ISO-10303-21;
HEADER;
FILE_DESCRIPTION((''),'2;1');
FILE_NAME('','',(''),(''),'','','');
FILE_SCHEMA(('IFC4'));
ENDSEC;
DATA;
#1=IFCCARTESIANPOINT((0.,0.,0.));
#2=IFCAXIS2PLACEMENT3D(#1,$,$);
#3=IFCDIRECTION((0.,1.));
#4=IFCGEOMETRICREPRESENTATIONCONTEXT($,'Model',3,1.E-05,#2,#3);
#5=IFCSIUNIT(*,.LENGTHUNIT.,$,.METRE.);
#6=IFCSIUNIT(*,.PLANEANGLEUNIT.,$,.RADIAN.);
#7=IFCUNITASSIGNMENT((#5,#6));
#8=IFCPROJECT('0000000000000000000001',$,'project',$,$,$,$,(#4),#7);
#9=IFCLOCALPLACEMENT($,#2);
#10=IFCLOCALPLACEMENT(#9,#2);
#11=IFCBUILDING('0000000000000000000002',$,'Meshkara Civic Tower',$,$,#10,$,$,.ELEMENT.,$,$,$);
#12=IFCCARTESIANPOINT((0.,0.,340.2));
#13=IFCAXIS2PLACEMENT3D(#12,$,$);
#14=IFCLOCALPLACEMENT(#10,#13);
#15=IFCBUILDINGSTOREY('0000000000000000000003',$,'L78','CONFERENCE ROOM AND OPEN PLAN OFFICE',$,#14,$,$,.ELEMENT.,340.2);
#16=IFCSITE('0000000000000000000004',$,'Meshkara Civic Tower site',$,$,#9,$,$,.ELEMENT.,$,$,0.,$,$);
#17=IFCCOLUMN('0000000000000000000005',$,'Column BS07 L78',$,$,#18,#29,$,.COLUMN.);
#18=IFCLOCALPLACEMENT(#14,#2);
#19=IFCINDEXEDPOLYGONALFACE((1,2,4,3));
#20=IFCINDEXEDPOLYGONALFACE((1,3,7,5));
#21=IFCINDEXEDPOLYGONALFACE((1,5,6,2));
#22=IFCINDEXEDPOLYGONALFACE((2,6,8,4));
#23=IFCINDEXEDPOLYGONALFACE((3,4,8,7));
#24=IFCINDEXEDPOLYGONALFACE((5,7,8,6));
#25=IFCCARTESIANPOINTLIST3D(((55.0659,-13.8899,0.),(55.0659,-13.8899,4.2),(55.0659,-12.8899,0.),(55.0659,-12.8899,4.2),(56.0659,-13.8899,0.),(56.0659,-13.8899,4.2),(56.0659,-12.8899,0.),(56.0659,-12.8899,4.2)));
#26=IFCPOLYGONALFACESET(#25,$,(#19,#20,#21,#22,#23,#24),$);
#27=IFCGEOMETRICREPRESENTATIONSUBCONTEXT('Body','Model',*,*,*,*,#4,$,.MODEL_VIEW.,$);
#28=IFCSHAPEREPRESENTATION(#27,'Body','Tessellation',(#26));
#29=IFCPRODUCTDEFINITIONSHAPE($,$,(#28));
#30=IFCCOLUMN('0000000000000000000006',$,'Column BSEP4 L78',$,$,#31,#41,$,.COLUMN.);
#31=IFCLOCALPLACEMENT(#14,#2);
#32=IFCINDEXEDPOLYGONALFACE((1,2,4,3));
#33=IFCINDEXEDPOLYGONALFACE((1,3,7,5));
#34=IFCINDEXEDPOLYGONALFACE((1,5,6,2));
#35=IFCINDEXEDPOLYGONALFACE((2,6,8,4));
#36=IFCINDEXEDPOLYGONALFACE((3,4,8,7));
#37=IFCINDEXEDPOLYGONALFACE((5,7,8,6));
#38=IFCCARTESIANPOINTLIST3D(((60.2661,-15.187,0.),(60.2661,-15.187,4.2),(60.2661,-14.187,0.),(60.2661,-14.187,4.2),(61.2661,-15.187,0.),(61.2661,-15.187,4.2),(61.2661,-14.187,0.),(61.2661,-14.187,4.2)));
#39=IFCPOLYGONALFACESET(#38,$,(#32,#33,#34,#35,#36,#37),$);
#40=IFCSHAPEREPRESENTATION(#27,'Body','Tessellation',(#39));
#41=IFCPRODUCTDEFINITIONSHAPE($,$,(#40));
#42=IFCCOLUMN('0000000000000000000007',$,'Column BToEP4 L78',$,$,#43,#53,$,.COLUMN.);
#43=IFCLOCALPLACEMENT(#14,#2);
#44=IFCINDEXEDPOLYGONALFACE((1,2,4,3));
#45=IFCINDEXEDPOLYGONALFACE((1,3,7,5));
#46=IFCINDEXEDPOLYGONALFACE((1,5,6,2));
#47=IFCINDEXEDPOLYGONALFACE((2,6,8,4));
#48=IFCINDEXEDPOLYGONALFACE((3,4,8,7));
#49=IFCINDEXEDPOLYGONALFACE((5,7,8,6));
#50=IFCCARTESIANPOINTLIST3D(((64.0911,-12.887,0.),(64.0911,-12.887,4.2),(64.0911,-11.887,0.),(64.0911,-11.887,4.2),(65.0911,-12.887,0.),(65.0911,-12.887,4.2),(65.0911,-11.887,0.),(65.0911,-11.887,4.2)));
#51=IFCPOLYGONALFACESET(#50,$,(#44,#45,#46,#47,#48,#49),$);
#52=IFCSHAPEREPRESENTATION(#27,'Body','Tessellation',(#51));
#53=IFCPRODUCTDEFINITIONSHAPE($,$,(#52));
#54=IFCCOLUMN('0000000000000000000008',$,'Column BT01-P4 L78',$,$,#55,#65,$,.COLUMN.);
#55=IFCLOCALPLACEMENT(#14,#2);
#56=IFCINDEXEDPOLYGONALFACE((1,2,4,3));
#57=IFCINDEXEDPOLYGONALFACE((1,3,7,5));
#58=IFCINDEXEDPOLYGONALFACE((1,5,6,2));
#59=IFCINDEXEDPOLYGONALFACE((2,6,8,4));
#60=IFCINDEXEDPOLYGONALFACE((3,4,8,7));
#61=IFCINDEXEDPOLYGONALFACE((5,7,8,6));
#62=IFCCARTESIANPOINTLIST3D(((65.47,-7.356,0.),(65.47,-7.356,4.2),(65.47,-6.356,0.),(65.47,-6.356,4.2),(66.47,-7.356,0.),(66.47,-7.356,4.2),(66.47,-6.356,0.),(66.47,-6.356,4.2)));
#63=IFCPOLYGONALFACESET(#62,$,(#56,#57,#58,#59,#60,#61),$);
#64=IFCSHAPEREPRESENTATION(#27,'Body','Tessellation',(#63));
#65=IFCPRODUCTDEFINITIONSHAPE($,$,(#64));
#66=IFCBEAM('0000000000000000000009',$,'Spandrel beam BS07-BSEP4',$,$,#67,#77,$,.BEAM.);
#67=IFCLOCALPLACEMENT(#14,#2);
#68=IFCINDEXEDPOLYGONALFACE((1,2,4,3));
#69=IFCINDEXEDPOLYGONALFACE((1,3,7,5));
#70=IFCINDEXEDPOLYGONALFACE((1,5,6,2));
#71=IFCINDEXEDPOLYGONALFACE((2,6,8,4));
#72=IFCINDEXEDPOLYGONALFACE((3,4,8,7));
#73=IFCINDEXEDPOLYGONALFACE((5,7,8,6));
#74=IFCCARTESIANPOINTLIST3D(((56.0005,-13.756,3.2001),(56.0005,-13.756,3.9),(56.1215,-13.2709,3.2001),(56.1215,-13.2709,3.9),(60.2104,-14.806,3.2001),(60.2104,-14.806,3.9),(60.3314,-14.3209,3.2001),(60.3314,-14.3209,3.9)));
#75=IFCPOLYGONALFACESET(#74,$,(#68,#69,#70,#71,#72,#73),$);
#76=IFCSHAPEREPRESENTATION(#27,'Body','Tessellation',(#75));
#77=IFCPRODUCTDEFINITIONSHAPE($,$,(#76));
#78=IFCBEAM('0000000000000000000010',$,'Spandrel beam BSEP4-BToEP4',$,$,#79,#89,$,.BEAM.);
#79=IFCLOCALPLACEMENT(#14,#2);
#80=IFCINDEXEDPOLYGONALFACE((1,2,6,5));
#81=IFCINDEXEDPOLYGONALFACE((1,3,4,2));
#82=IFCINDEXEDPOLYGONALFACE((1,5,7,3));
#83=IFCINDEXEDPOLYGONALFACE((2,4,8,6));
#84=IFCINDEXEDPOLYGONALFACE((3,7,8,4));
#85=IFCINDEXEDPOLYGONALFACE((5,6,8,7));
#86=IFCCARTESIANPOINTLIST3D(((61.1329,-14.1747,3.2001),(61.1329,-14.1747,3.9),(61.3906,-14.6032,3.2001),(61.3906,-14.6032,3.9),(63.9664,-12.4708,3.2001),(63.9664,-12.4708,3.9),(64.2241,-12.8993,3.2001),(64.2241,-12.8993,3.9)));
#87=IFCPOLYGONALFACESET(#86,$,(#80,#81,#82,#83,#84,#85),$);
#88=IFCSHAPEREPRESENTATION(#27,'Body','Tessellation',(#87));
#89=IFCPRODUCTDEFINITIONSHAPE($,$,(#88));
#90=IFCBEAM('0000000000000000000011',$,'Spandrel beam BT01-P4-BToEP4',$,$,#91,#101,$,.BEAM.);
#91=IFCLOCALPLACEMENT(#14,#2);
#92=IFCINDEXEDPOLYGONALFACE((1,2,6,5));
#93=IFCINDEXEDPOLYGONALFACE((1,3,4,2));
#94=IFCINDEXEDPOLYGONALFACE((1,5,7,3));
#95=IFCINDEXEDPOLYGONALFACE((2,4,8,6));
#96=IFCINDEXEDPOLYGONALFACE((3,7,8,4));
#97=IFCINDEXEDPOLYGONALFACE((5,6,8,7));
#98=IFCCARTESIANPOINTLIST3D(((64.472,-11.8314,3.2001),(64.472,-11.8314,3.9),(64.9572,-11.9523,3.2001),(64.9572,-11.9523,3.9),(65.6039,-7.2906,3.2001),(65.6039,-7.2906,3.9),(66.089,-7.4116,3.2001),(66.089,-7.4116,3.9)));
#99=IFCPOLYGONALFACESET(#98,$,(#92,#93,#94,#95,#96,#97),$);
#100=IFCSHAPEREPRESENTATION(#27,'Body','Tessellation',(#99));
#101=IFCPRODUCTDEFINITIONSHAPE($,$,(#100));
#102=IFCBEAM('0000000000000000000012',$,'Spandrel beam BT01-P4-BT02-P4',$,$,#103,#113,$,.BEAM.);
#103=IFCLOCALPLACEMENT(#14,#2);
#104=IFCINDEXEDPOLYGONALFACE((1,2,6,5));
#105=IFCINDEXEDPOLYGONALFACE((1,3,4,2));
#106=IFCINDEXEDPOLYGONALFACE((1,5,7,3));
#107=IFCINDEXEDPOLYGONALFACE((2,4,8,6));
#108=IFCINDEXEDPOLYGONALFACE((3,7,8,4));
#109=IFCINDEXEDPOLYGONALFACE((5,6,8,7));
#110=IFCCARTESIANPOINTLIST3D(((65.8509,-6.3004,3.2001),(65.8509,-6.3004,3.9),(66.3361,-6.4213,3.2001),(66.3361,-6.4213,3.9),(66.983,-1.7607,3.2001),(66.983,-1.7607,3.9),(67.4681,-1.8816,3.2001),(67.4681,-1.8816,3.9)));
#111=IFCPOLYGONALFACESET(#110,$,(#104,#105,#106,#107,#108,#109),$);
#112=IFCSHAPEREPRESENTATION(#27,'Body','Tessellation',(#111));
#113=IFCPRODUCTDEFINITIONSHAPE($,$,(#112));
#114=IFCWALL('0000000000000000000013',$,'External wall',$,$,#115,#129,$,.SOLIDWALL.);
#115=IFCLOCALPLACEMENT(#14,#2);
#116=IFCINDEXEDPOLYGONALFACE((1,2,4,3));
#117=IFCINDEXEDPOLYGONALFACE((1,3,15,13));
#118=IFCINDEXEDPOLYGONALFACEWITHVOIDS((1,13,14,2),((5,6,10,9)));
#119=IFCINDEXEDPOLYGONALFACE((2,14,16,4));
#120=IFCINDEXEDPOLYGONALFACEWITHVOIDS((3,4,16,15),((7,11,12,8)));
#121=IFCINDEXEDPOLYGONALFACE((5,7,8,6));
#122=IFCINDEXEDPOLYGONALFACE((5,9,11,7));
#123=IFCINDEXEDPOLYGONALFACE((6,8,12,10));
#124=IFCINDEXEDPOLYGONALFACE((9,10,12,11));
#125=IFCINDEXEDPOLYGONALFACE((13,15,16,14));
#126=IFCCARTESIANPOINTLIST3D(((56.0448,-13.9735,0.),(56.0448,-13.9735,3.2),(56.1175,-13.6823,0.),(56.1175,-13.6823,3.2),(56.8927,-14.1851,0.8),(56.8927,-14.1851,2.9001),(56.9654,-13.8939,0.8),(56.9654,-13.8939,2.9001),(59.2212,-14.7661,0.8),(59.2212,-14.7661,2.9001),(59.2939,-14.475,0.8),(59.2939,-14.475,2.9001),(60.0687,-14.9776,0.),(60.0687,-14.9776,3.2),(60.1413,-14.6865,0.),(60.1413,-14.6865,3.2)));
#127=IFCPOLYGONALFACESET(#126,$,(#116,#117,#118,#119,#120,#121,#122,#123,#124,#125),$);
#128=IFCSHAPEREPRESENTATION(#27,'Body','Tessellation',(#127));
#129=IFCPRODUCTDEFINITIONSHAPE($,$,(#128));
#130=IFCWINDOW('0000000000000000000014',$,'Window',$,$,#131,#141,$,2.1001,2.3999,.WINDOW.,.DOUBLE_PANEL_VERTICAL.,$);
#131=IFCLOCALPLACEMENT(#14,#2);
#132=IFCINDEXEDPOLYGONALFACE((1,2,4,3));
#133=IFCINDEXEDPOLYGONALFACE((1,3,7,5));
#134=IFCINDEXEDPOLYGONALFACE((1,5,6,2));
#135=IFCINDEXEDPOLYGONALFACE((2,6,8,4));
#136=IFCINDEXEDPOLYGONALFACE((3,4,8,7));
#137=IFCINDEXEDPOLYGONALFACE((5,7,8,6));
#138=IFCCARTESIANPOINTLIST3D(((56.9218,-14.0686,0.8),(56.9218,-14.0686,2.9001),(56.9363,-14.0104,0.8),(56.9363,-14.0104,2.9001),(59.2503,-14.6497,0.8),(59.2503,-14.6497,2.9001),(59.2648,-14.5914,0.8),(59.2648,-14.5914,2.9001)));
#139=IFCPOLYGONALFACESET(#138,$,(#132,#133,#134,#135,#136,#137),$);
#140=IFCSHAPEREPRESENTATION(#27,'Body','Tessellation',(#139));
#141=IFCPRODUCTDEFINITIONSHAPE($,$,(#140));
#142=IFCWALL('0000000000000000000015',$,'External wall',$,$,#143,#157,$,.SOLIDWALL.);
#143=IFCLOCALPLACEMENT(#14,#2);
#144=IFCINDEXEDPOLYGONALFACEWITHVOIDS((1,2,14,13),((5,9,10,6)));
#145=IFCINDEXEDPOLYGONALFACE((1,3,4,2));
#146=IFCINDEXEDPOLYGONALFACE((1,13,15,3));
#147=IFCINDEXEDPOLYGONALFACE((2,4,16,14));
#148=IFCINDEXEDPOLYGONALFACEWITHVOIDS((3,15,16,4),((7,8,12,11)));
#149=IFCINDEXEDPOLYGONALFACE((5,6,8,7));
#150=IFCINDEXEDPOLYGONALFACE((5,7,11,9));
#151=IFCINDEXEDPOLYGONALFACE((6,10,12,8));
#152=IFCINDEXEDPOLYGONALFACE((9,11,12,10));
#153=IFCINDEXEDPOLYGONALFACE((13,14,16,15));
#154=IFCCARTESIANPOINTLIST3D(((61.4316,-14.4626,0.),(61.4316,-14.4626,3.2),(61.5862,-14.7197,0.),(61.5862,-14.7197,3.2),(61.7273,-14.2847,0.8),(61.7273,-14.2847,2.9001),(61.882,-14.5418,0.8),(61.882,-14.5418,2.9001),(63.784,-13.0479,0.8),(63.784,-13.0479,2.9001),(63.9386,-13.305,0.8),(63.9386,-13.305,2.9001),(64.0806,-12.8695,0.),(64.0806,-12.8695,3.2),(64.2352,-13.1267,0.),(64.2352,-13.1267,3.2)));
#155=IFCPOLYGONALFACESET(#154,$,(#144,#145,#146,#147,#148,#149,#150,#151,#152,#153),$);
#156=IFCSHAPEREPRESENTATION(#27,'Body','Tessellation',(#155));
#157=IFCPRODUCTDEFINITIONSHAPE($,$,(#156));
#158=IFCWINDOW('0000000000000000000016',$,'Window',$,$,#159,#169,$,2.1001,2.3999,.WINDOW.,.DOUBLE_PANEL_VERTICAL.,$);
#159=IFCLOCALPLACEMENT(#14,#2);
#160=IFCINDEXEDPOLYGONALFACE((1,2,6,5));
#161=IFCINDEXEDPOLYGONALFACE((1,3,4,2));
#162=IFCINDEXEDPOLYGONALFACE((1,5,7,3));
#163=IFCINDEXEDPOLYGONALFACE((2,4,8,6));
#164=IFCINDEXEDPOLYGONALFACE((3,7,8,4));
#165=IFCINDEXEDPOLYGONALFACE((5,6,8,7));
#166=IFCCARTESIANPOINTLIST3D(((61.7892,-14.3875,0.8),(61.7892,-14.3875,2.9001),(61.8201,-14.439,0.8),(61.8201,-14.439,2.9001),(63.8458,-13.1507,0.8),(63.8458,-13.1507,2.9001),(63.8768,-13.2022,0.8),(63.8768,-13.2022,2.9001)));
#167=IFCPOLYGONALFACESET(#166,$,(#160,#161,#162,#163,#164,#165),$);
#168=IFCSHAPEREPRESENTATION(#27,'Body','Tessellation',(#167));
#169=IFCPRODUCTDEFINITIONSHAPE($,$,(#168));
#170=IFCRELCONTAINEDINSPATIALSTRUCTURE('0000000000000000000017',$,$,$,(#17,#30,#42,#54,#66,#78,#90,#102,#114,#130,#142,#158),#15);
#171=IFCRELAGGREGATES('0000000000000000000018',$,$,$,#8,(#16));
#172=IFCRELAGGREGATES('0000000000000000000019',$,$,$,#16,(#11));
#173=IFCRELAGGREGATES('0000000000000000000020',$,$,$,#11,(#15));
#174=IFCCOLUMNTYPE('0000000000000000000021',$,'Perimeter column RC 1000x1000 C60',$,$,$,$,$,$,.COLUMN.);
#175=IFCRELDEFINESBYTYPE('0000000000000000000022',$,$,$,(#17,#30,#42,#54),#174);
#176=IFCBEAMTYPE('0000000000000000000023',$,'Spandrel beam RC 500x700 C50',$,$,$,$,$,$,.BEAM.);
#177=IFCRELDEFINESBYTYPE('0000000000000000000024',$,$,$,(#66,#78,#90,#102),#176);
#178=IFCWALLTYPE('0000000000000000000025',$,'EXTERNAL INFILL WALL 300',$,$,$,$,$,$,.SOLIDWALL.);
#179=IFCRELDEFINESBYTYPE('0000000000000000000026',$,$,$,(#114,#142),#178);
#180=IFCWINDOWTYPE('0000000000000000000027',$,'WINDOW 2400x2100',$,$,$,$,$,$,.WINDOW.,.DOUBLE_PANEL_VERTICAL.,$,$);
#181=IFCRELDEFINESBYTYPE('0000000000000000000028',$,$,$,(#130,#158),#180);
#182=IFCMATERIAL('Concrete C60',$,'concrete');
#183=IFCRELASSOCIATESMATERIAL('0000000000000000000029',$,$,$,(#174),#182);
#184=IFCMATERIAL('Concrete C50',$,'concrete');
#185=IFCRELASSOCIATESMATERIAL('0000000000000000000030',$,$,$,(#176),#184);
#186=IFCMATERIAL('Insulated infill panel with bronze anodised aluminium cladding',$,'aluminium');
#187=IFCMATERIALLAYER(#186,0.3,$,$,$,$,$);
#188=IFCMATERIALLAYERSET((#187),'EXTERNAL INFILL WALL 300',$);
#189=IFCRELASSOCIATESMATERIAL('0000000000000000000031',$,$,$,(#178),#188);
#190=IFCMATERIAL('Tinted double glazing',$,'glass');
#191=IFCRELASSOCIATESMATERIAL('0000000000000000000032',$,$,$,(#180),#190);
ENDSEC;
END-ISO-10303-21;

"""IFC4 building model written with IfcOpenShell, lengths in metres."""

from ifc_helpers import new_model, si_unit, direction, frame, frame_2d, origin, origin_2d, place, context, subcontext, project, spatial, rectangle, extrude, material, layer, layer_set, material_profile, profile_set, type_object, element, fill, save


model = new_model("IFC4")

# Units and contexts
model_context = context("Model", 3, precision=1e-05, world=origin(), true_north=direction((0.0, 1.0)))
body_context = subcontext(model_context, "Body", "Model", "MODEL_VIEW")
ifc_project = project(units=[si_unit("LENGTHUNIT", "METRE"), si_unit("PLANEANGLEUNIT", "RADIAN")], contexts=[model_context])

# Site, building, storey
site_placement = place(None, origin())
site = spatial("IfcSite", under=ifc_project, at=site_placement, Name="Meshkara Civic Tower site", CompositionType="ELEMENT", RefElevation=0.0)
building_placement = place(site_placement, origin())
building = spatial("IfcBuilding", under=site, at=building_placement, Name="Meshkara Civic Tower", CompositionType="ELEMENT")
storey_placement = place(building_placement, frame((0.0, 0.0, 340.2)))
storey = spatial("IfcBuildingStorey", under=building, at=storey_placement, Name="L78", Description="CONFERENCE ROOM AND OPEN PLAN OFFICE", CompositionType="ELEMENT", Elevation=340.2)

# Columns
ifc_material_1 = material(Name="Concrete C60", Category="concrete")
ifc_material_profile_1 = material_profile(ifc_material_1, rectangle(XDim=1.0, YDim=1.0, at=origin_2d()))
ifc_profile_set_1 = profile_set([ifc_material_profile_1], Name="Concrete C60")
column_type = type_object("IfcColumnType", Name="Perimeter column RC 1000x1000 C60", PredefinedType="COLUMN", material=ifc_profile_set_1)
for number, where, z_axis, x_axis, name in (
    (1, (55.5659, -13.3899, 0.0), (0.0, 0.0, 1.0), (1.0, 0.0, 0.0), "Column BS07 L78"),
    (2, (60.7661, -14.687, 0.0), (0.0, 0.0, 1.0), (1.0, 0.0, 0.0), "Column BSEP4 L78"),
    (3, (64.5911, -12.387, 0.0), (0.0, 0.0, 1.0), (1.0, 0.0, 0.0), "Column BToEP4 L78"),
    (4, (65.97, -6.856, 0.0), (0.0, 0.0, 1.0), (1.0, 0.0, 0.0), "Column BT01-P4 L78"),
):
    element("IfcColumn", number, at=place(storey_placement, frame(where, z_axis=z_axis, x_axis=x_axis)), inside=storey, type_object=column_type, Name=name, PredefinedType="COLUMN", context=body_context, shape_type="SweptSolid", body=[
        extrude(rectangle(XDim=1.0, YDim=1.0, at=origin_2d()), origin(), (0.0, 0.0, 1.0), 4.2),
    ])

# Beams
ifc_material_2 = material(Name="Concrete C50", Category="concrete")
ifc_material_profile_2 = material_profile(ifc_material_2, rectangle(XDim=0.5, YDim=0.7, at=origin_2d()))
ifc_profile_set_2 = profile_set([ifc_material_profile_2], Name="Concrete C50")
beam_type = type_object("IfcBeamType", Name="Spandrel beam RC 500x700 C50", PredefinedType="BEAM", material=ifc_profile_set_2)
beam_1_placement = place(storey_placement, frame((56.061, -13.5134, 3.55), z_axis=(0.970275, -0.242006, 0.0), x_axis=(0.242006, 0.970275, 0.0)))
element("IfcBeam", 5, at=beam_1_placement, inside=storey, type_object=beam_type, Name="Spandrel beam BS07-BSEP4", PredefinedType="BEAM", context=body_context, shape_type="SweptSolid", body=[
    extrude(rectangle(XDim=0.5, YDim=0.7, at=origin_2d()), origin(), (0.0, 0.0, 1.0), 4.3389),
])
beam_2_placement = place(storey_placement, frame((61.2617, -14.3889, 3.55), z_axis=(0.856991, 0.515332, 0.0), x_axis=(-0.515332, 0.856991, 0.0)))
element("IfcBeam", 6, at=beam_2_placement, inside=storey, type_object=beam_type, Name="Spandrel beam BSEP4-BToEP4", PredefinedType="BEAM", context=body_context, shape_type="SweptSolid", body=[
    extrude(rectangle(XDim=0.5, YDim=0.7, at=origin_2d()), origin(), (0.0, 0.0, 1.0), 3.3064),
])
beam_3_placement = place(storey_placement, frame((64.7146, -11.8918, 3.55), z_axis=(0.24186, 0.970311, 0.0), x_axis=(-0.970311, 0.24186, 0.0)))
element("IfcBeam", 7, at=beam_3_placement, inside=storey, type_object=beam_type, Name="Spandrel beam BT01-P4-BToEP4", PredefinedType="BEAM", context=body_context, shape_type="SweptSolid", body=[
    extrude(rectangle(XDim=0.5, YDim=0.7, at=origin_2d()), origin(), (0.0, 0.0, 1.0), 4.6797),
])
beam_4_placement = place(storey_placement, frame((66.0935, -6.3608, 3.55), z_axis=(0.241959, 0.970287, 0.0), x_axis=(-0.970287, 0.241959, 0.0)))
element("IfcBeam", 8, at=beam_4_placement, inside=storey, type_object=beam_type, Name="Spandrel beam BT01-P4-BT02-P4", PredefinedType="BEAM", context=body_context, shape_type="SweptSolid", body=[
    extrude(rectangle(XDim=0.5, YDim=0.7, at=origin_2d()), origin(), (0.0, 0.0, 1.0), 4.6787),
])

# Walls, openings, windows
ifc_material_3 = material(Name="Insulated infill panel with bronze anodised aluminium cladding", Category="aluminium")
ifc_layer_1 = layer(ifc_material_3, 0.3)
ifc_layer_set_1 = layer_set([ifc_layer_1], Name="EXTERNAL INFILL WALL 300")
wall_type_1 = type_object("IfcWallType", Name="EXTERNAL INFILL WALL 300", PredefinedType="SOLIDWALL", material=ifc_layer_set_1)
wall_1_placement = place(storey_placement, frame((56.0811, -13.8279, 0.0), z_axis=(0.0, 0.0, 1.0), x_axis=(0.970246, -0.24212, 0.0)))
wall_1 = element("IfcWall", 9, at=wall_1_placement, inside=storey, type_object=wall_type_1, Name="External wall", PredefinedType="SOLIDWALL", context=body_context, shape_type="SweptSolid", body=[
    extrude(rectangle(XDim=4.1472, YDim=0.3, at=frame_2d((2.0737, 0.0))), origin(), (0.0, 0.0, 1.0), 3.2),
])
opening_1_placement = place(wall_1_placement, frame((0.874, 0.0, 0.8)))
opening_1 = element("IfcOpeningElement", 10, at=opening_1_placement, cuts=wall_1, PredefinedType="OPENING", context=body_context, shape_type="SweptSolid", body=[
    extrude(rectangle(XDim=2.3999, YDim=2.1001, at=frame_2d((1.2, 1.05))), frame((0.0, 0.1599, 0.0), z_axis=(0.0, -1.0, 0.0), x_axis=(1.0, 0.0, 0.0)), (0.0, 0.0, 1.0), 0.3201),
])
ifc_material_4 = material(Name="Tinted double glazing", Category="glass")
window_type = type_object("IfcWindowType", Name="WINDOW 2400x2100", PartitioningType="DOUBLE_PANEL_VERTICAL", PredefinedType="WINDOW", material=ifc_material_4)
window_1_placement = place(opening_1_placement, origin())
window_1 = element("IfcWindow", 11, at=window_1_placement, inside=storey, type_object=window_type, Name="Window", OverallHeight=2.1001, OverallWidth=2.3999, PartitioningType="DOUBLE_PANEL_VERTICAL", PredefinedType="WINDOW", context=body_context, shape_type="SweptSolid", body=[
    extrude(rectangle(XDim=2.3999, YDim=2.1001, at=frame_2d((1.2, 1.05))), frame((0.0, 0.03, 0.0), z_axis=(0.0, -1.0, 0.0), x_axis=(1.0, 0.0, 0.0)), (0.0, 0.0, 1.0), 0.0601),
])
fill(opening_1, window_1)
wall_2_placement = place(storey_placement, frame((61.509, -14.5911, 0.0), z_axis=(0.0, 0.0, 1.0), x_axis=(0.85697, 0.515367, 0.0)))
wall_2 = element("IfcWall", 12, at=wall_2_placement, inside=storey, type_object=wall_type_1, Name="External wall", PredefinedType="SOLIDWALL", context=body_context, shape_type="SweptSolid", body=[
    extrude(rectangle(XDim=3.0911, YDim=0.3, at=frame_2d((1.5454, 0.0))), origin(), (0.0, 0.0, 1.0), 3.2),
])
opening_2_placement = place(wall_2_placement, frame((0.345, 0.0, 0.8)))
opening_2 = element("IfcOpeningElement", 13, at=opening_2_placement, cuts=wall_2, PredefinedType="OPENING", context=body_context, shape_type="SweptSolid", body=[
    extrude(rectangle(XDim=2.3999, YDim=2.1001, at=frame_2d((1.2, 1.05))), frame((0.0, 0.1599, 0.0), z_axis=(0.0, -1.0, 0.0), x_axis=(1.0, 0.0, 0.0)), (0.0, 0.0, 1.0), 0.3201),
])
window_2_placement = place(opening_2_placement, origin())
window_2 = element("IfcWindow", 14, at=window_2_placement, inside=storey, type_object=window_type, Name="Window", OverallHeight=2.1001, OverallWidth=2.3999, PartitioningType="DOUBLE_PANEL_VERTICAL", PredefinedType="WINDOW", context=body_context, shape_type="SweptSolid", body=[
    extrude(rectangle(XDim=2.3999, YDim=2.1001, at=frame_2d((1.2, 1.05))), frame((0.0, 0.03, 0.0), z_axis=(0.0, -1.0, 0.0), x_axis=(1.0, 0.0, 0.0)), (0.0, 0.0, 1.0), 0.0601),
])
fill(opening_2, window_2)

save(model, "model.ifc")
